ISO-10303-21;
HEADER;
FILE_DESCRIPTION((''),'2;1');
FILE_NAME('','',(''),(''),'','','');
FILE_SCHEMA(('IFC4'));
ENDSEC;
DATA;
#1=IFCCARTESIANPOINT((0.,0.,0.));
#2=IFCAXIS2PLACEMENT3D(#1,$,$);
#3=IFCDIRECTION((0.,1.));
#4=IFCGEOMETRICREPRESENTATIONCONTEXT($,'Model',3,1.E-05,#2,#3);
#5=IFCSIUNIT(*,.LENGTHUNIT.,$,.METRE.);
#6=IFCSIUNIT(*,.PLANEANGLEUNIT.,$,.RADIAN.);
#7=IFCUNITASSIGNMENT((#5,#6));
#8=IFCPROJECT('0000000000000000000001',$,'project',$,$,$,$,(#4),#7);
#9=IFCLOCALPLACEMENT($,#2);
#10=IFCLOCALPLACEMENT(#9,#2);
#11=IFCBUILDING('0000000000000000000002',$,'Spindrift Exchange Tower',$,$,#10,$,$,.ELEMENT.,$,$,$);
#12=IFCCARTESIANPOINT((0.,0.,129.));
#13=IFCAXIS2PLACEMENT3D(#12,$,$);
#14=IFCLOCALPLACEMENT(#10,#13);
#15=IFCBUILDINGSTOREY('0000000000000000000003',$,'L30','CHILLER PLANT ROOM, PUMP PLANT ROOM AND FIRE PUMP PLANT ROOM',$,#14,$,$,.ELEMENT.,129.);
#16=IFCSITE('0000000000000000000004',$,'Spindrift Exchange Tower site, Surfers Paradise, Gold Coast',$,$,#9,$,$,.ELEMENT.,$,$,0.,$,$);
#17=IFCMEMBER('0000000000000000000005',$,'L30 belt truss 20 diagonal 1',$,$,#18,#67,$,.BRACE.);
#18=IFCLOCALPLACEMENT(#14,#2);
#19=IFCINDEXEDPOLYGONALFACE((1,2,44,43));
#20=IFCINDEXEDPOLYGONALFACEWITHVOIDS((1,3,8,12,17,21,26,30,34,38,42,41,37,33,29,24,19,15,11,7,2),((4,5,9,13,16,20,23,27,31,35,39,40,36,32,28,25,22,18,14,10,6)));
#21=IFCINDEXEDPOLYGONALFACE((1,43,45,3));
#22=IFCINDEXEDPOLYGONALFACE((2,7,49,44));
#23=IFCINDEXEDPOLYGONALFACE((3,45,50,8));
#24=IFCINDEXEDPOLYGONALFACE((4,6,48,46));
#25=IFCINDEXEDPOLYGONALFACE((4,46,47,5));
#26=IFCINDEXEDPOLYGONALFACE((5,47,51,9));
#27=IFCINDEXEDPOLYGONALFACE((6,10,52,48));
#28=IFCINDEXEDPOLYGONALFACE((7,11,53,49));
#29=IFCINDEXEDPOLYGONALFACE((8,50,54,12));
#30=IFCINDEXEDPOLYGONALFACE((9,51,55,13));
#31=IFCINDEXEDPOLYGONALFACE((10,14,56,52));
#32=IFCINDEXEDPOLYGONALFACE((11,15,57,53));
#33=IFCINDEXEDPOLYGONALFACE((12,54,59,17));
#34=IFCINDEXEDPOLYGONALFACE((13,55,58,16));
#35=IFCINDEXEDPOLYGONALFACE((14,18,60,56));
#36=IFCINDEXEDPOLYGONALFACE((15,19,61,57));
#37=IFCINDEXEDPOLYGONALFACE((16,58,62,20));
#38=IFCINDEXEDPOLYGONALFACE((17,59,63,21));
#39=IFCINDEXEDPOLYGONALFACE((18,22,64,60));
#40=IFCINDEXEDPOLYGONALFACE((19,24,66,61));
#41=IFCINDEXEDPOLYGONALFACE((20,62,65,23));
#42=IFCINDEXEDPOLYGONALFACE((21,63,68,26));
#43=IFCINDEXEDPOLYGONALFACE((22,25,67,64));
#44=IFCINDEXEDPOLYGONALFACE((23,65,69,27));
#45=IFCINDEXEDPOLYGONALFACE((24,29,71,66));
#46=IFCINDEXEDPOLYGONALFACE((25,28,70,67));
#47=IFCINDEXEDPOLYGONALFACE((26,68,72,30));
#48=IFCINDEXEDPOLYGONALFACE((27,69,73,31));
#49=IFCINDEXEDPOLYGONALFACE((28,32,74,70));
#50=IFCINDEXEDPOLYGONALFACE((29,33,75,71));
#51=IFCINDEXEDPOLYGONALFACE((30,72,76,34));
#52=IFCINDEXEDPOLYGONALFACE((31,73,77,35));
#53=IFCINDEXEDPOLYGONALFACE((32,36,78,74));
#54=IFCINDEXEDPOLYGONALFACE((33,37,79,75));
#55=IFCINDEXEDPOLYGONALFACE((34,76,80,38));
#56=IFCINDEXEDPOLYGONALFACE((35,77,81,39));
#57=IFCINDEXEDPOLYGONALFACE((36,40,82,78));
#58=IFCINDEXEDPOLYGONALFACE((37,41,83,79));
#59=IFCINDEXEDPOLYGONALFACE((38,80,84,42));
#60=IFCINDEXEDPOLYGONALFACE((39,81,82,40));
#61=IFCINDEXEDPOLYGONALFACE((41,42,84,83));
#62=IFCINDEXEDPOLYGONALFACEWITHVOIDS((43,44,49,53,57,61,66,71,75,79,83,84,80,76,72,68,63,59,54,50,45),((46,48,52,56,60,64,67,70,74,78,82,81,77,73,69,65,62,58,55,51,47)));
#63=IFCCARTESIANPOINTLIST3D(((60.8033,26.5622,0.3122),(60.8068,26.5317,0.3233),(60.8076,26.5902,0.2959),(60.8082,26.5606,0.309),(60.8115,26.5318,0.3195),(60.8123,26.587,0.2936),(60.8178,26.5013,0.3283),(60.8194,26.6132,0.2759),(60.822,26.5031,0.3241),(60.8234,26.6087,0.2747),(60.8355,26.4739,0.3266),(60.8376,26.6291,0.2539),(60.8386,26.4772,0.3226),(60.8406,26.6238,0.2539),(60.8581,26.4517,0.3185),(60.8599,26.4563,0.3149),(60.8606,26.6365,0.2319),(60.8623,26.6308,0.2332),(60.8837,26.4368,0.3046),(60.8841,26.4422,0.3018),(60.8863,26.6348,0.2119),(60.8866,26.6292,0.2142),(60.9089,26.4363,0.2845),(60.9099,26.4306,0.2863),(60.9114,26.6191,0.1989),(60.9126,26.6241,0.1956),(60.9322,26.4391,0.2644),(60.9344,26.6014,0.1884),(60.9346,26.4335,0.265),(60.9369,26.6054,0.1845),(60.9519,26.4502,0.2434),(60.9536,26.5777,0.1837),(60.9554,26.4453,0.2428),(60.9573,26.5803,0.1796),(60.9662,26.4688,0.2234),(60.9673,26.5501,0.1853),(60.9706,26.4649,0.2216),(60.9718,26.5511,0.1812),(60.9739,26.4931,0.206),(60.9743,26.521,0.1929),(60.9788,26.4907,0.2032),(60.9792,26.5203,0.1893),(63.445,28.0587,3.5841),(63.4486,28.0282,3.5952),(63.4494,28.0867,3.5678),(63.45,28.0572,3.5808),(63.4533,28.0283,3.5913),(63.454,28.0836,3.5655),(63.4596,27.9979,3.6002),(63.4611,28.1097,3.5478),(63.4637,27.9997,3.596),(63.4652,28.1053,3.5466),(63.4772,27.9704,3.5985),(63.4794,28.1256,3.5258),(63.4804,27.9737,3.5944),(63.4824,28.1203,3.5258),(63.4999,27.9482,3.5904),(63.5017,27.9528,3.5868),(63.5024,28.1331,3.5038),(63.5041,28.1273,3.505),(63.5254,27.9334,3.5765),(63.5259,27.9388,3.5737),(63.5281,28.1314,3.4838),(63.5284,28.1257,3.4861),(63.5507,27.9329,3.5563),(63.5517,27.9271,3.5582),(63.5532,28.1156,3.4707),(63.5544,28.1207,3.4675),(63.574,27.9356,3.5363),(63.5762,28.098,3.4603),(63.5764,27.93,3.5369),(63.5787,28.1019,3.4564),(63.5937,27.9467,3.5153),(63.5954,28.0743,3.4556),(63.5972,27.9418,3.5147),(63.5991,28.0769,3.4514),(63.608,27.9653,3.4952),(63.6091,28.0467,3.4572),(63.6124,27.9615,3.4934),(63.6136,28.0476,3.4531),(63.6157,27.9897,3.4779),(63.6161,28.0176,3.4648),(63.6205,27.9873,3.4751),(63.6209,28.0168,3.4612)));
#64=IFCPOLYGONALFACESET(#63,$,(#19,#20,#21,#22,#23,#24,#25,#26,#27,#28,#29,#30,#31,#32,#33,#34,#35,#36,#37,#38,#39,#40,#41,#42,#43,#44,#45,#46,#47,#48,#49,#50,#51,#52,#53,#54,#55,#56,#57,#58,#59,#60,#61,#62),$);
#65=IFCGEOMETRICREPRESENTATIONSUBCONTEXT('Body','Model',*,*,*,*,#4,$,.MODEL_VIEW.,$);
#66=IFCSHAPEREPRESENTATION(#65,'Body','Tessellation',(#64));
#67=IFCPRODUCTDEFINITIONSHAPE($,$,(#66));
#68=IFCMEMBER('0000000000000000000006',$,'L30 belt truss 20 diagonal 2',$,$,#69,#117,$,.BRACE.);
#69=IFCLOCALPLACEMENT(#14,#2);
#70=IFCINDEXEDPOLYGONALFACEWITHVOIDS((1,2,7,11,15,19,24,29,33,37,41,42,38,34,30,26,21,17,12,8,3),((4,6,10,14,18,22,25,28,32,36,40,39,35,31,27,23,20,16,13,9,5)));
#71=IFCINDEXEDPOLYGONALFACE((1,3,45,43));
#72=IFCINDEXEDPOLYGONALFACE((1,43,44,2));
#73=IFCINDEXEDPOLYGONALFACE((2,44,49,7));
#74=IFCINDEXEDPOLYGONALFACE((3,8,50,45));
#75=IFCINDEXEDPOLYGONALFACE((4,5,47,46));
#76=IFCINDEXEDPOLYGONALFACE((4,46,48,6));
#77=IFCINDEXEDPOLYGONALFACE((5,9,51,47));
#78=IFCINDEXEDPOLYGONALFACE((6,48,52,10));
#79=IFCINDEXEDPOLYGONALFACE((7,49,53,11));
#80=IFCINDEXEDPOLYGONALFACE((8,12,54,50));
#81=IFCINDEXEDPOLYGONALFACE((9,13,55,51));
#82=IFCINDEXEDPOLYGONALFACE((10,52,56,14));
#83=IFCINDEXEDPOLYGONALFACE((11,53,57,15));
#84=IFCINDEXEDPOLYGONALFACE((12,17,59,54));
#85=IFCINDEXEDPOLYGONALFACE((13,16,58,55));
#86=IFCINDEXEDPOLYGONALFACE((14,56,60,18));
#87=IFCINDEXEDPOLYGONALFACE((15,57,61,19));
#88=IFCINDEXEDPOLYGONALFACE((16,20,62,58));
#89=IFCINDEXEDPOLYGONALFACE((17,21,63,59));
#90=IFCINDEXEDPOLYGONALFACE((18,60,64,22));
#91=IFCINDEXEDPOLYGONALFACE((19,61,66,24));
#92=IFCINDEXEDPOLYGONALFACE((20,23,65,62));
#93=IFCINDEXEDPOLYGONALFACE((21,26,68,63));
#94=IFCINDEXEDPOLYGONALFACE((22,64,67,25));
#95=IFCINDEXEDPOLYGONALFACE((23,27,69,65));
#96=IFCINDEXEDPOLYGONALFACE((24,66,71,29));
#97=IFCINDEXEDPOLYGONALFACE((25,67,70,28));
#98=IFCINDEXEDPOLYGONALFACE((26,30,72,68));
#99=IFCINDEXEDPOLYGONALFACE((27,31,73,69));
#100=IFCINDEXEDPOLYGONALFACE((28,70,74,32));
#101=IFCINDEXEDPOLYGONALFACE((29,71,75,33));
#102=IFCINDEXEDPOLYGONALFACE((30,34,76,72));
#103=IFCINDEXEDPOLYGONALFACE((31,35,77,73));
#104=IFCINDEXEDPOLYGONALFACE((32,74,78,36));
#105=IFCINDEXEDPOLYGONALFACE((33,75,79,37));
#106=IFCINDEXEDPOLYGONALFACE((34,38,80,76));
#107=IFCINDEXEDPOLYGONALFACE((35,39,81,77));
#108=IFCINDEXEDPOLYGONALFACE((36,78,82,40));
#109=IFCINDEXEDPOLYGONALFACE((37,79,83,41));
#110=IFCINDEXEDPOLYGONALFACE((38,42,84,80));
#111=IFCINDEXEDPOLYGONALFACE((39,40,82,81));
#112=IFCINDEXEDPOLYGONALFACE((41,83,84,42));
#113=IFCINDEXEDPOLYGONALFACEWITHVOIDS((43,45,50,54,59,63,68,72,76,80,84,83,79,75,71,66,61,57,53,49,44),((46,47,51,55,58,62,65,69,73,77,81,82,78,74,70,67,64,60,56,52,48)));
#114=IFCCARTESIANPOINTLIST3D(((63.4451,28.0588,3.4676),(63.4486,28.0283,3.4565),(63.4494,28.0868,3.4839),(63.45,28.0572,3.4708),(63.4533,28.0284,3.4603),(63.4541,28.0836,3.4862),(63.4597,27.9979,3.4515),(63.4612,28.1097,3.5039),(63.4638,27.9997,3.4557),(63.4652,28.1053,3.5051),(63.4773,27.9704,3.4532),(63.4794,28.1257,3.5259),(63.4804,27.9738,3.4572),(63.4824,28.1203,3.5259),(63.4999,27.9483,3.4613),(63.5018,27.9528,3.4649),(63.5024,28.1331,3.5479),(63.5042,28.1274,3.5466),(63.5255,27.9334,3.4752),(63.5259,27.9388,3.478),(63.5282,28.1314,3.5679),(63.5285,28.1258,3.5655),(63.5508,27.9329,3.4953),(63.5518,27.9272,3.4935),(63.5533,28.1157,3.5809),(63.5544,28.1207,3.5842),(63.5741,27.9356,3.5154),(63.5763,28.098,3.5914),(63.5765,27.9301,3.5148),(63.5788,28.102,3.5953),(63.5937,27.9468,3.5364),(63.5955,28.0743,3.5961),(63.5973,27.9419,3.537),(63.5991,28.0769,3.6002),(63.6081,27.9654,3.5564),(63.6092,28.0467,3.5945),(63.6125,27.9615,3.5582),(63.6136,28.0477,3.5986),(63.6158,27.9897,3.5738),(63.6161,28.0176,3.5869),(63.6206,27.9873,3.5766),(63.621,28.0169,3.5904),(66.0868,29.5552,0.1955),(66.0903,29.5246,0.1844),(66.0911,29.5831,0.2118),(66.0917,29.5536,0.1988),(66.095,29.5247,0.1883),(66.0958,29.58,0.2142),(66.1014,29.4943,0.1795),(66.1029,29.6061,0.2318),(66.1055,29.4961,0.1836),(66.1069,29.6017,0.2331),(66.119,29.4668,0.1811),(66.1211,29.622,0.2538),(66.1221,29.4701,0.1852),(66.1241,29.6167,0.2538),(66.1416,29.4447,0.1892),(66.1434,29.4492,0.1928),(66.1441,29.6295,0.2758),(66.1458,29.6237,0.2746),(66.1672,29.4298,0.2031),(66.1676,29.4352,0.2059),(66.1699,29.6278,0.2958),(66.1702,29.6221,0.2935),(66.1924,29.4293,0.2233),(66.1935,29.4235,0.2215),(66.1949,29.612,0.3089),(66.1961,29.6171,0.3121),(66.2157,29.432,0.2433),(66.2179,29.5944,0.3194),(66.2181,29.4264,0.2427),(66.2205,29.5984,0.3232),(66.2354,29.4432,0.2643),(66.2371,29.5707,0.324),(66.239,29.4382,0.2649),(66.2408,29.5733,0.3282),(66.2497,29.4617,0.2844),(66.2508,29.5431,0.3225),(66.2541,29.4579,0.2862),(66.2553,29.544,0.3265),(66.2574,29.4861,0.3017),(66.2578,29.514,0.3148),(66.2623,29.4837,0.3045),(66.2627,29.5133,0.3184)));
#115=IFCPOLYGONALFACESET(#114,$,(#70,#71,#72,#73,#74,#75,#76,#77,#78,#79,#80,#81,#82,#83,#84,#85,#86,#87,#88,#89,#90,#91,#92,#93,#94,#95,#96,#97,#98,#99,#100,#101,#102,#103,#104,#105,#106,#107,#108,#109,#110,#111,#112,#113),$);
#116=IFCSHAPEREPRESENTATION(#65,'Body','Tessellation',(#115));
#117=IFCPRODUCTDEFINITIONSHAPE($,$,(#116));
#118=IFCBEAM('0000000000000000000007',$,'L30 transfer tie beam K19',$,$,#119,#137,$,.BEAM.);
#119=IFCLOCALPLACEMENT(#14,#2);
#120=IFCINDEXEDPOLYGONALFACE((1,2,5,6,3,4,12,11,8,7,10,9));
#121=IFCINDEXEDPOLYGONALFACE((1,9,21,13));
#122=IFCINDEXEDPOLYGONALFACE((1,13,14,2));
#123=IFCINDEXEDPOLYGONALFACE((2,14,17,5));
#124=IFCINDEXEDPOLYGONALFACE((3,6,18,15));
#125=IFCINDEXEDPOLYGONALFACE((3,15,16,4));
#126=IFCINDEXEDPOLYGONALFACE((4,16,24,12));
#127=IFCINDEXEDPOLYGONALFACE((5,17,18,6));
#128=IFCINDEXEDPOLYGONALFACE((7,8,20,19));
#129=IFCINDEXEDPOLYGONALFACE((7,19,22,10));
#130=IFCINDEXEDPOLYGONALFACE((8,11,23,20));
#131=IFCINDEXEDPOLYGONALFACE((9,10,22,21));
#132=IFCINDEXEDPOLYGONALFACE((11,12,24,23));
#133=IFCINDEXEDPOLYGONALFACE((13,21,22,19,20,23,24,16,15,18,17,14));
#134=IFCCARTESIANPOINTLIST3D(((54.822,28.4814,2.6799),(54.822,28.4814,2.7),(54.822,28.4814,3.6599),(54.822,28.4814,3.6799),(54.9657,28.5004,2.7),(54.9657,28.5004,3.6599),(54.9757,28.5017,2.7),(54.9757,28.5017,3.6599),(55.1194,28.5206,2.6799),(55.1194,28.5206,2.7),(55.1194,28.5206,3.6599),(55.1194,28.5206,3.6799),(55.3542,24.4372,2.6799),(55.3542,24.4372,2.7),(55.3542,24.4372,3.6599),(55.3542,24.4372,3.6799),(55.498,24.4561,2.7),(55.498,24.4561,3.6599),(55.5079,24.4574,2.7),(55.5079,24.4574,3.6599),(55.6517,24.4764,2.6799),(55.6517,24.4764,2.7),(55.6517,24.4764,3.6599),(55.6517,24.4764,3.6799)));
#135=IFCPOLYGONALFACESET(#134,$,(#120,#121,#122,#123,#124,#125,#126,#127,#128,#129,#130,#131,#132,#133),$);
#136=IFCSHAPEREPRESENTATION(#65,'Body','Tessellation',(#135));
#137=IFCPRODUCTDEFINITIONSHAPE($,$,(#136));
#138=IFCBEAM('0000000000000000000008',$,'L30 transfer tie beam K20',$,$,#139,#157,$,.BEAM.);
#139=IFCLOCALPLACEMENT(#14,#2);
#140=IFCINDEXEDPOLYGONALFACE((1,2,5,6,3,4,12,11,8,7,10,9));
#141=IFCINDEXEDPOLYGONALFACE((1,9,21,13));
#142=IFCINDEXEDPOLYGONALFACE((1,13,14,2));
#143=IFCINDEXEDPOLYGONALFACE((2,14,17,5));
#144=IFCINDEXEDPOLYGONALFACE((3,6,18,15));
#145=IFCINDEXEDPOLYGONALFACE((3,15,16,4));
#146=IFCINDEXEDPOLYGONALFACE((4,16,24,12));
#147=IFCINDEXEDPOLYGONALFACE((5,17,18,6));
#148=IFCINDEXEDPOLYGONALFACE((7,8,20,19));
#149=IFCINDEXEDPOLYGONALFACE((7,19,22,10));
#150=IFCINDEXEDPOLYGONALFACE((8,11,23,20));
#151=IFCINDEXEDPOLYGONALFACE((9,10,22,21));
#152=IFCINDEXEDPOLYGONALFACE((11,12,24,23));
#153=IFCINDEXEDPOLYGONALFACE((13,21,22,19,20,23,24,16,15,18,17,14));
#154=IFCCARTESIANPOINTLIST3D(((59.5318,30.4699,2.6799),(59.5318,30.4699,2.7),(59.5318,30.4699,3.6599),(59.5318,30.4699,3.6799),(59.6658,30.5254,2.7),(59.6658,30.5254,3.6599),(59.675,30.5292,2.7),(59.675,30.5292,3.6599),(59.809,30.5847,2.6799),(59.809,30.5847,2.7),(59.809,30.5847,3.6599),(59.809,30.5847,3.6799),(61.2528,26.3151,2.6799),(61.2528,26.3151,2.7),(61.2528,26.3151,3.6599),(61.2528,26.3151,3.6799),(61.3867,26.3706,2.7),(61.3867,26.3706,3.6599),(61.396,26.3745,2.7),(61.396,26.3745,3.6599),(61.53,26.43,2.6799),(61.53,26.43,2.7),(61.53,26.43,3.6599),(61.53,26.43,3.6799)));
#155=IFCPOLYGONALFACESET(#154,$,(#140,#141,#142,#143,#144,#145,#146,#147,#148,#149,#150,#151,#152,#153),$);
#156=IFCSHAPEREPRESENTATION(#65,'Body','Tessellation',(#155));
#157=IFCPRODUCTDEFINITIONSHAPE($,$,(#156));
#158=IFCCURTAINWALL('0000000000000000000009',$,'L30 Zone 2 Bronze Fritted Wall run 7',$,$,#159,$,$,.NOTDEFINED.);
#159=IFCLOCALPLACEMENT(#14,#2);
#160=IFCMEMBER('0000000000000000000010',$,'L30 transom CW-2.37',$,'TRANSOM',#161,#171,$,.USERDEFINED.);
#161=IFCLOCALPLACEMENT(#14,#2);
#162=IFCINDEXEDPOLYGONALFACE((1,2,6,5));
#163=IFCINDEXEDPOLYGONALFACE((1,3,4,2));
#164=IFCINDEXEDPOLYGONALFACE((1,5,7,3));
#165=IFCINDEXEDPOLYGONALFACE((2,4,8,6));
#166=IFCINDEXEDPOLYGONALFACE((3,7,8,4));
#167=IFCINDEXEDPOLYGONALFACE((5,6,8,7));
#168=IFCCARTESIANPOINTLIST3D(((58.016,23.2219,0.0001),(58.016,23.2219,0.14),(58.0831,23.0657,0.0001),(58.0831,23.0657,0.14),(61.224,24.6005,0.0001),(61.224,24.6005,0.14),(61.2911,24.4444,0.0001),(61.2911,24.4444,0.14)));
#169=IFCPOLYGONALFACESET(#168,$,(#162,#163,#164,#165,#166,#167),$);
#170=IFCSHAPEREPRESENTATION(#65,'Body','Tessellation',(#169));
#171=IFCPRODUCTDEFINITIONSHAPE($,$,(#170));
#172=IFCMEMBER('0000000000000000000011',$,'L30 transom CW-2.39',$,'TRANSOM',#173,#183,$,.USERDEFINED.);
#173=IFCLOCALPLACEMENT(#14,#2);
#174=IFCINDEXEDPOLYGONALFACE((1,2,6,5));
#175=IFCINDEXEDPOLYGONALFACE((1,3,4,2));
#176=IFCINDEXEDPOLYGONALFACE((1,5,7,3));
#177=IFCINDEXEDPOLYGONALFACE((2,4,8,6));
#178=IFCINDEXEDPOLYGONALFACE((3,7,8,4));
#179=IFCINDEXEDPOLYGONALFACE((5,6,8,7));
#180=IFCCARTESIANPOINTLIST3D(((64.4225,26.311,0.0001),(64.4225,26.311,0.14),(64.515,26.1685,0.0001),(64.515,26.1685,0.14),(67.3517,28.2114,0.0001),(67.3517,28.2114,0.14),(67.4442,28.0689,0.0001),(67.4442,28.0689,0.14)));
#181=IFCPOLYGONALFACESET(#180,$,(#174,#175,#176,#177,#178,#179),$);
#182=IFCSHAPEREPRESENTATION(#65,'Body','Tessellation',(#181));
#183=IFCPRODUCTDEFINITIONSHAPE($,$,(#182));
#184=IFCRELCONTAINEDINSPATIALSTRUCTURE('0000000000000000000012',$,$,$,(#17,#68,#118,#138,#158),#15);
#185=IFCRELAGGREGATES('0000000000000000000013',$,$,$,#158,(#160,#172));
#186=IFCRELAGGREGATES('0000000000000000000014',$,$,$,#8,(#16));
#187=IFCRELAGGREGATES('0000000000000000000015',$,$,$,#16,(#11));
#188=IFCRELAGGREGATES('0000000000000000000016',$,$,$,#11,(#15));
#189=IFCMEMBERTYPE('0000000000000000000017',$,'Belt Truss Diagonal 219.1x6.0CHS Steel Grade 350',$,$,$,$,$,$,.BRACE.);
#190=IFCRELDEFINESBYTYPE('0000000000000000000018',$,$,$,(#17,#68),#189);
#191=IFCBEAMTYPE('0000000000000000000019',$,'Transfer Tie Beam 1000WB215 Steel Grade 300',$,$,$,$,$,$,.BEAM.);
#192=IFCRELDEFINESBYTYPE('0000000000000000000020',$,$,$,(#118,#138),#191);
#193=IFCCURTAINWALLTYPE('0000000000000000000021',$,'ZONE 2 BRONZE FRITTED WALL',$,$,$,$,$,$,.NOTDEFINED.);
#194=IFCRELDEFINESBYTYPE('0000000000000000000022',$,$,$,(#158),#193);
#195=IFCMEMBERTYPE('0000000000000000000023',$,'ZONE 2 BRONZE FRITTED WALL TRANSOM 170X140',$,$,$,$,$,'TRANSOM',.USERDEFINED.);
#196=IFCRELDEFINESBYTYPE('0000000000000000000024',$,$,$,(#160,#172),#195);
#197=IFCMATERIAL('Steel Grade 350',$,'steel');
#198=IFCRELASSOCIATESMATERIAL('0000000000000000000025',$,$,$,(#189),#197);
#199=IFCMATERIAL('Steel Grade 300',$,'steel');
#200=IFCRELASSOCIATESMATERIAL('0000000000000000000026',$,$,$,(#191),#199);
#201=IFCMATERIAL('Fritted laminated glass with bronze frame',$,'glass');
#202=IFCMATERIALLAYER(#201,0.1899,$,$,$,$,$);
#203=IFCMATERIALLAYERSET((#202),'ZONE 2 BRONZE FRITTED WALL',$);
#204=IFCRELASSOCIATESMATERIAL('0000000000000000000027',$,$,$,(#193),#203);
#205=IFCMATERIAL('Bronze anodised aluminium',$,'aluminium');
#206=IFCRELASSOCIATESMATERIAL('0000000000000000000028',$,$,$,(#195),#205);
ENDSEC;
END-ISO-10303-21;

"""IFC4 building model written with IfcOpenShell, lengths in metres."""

from ifc_helpers import new_model, si_unit, direction, frame, origin, origin_2d, place, context, subcontext, project, spatial, rectangle, hollow_circle, i_section, extrude, source, transform, mapped, material, layer, layer_set, material_profile, profile_set, type_object, element, aggregate, save


model = new_model("IFC4")

# Units and contexts
model_context = context("Model", 3, precision=1e-05, world=origin(), true_north=direction((0.0, 1.0)))
body_context = subcontext(model_context, "Body", "Model", "MODEL_VIEW")
ifc_project = project(units=[si_unit("LENGTHUNIT", "METRE"), si_unit("PLANEANGLEUNIT", "RADIAN")], contexts=[model_context])

# Site, building, storey
site_placement = place(None, origin())
site = spatial("IfcSite", under=ifc_project, at=site_placement, Name="Spindrift Exchange Tower site, Surfers Paradise, Gold Coast", CompositionType="ELEMENT", RefElevation=0.0)
building_placement = place(site_placement, origin())
building = spatial("IfcBuilding", under=site, at=building_placement, Name="Spindrift Exchange Tower", CompositionType="ELEMENT")
storey_placement = place(building_placement, frame((0.0, 0.0, 129.0)))
storey = spatial("IfcBuildingStorey", under=building, at=storey_placement, Name="L30", Description="CHILLER PLANT ROOM, PUMP PLANT ROOM AND FIRE PUMP PLANT ROOM", CompositionType="ELEMENT", Elevation=129.0)

# Shared definitions
ifc_material_1 = material(Name="Steel Grade 300", Category="steel")

# Members
ifc_material_2 = material(Name="Steel Grade 350", Category="steel")
ifc_material_profile_1 = material_profile(ifc_material_2, hollow_circle(Radius=0.1096, WallThickness=0.0061, at=origin_2d()), Name="219.1x6.0CHS")
ifc_profile_set_1 = profile_set([ifc_material_profile_1], Name="Steel Grade 350")
member_type_1 = type_object("IfcMemberType", Name="Belt Truss Diagonal 219.1x6.0CHS Steel Grade 350", PredefinedType="BRACE", material=ifc_profile_set_1)
shared_shape_1 = source(origin(), body_context, "Body", "SweptSolid", [
    extrude(hollow_circle(Radius=0.1096, WallThickness=0.0061, at=origin_2d()), origin(), (0.0, 0.0, 1.0), 4.4636),
])
for number, where, z_axis, x_axis, name in (
    (1, (60.8916, 26.5337, 0.2539), (0.591847, 0.335276, 0.733013), (-0.492897, 0.870088, 0.0), "L30 belt truss 20 diagonal 1"),
    (2, (63.5334, 28.0303, 3.5259), (0.591822, 0.335238, -0.73305), (-0.492871, 0.870103, 0.0), "L30 belt truss 20 diagonal 2"),
):
    element("IfcMember", number, at=place(storey_placement, frame(where, z_axis=z_axis, x_axis=x_axis)), inside=storey, type_object=member_type_1, Name=name, PredefinedType="BRACE", context=body_context, shape_type="MappedRepresentation", body=[
        mapped(shared_shape_1, transform((0.0, 0.0, 0.0), scale=1.0)),
    ])

# Beams
ifc_material_profile_2 = material_profile(ifc_material_1, i_section(OverallWidth=0.3, OverallDepth=1.0, WebThickness=0.01, FlangeThickness=0.02, at=origin_2d()), Name="1000WB215")
ifc_profile_set_2 = profile_set([ifc_material_profile_2], Name="Steel Grade 300")
beam_type_1 = type_object("IfcBeamType", Name="Transfer Tie Beam 1000WB215 Steel Grade 300", PredefinedType="BEAM", material=ifc_profile_set_2)
shared_shape_2 = source(origin(), body_context, "Body", "SweptSolid", [
    extrude(i_section(OverallWidth=0.3, OverallDepth=1.0, WebThickness=0.01, FlangeThickness=0.02, at=origin_2d()), origin(), (0.0, 0.0, 1.0), 4.0791),
])
beam_1_placement = place(storey_placement, frame((55.5029, 24.4568, 3.1799), z_axis=(-0.130478, 0.991451, 0.0), x_axis=(-0.991451, -0.130478, 0.0)))
element("IfcBeam", 3, at=beam_1_placement, inside=storey, type_object=beam_type_1, Name="L30 transfer tie beam K19", PredefinedType="BEAM", context=body_context, shape_type="MappedRepresentation", body=[
    mapped(shared_shape_2, transform((0.0, 0.0, 0.0), scale=1.0)),
])
shared_shape_3 = source(origin(), body_context, "Body", "SweptSolid", [
    extrude(i_section(OverallWidth=0.3, OverallDepth=1.0, WebThickness=0.01, FlangeThickness=0.02, at=origin_2d()), origin(), (0.0, 0.0, 1.0), 4.4971),
])
beam_2_placement = place(storey_placement, frame((61.3914, 26.3726, 3.1799), z_axis=(-0.382679, 0.923881, 0.0), x_axis=(-0.923881, -0.382679, 0.0)))
element("IfcBeam", 4, at=beam_2_placement, inside=storey, type_object=beam_type_1, Name="L30 transfer tie beam K20", PredefinedType="BEAM", context=body_context, shape_type="MappedRepresentation", body=[
    mapped(shared_shape_3, transform((0.0, 0.0, 0.0), scale=1.0)),
])

# Curtain wall, members
ifc_material_3 = material(Name="Fritted laminated glass with bronze frame", Category="glass")
ifc_layer_1 = layer(ifc_material_3, 0.1899)
ifc_layer_set_1 = layer_set([ifc_layer_1], Name="ZONE 2 BRONZE FRITTED WALL")
curtain_wall_type = type_object("IfcCurtainWallType", Name="ZONE 2 BRONZE FRITTED WALL", PredefinedType="NOTDEFINED", material=ifc_layer_set_1)
curtain_wall_1_placement = place(storey_placement, origin())
curtain_wall_1 = element("IfcCurtainWall", 5, at=curtain_wall_1_placement, inside=storey, type_object=curtain_wall_type, Name="L30 Zone 2 Bronze Fritted Wall run 7", PredefinedType="NOTDEFINED")
ifc_material_4 = material(Name="Bronze anodised aluminium", Category="aluminium")
ifc_material_profile_3 = material_profile(ifc_material_4, rectangle(XDim=0.1699, YDim=0.1399, at=origin_2d()), Name="ZONE 2 BRONZE FRITTED WALL TRANSOM 170X140")
ifc_profile_set_3 = profile_set([ifc_material_profile_3], Name="Bronze anodised aluminium")
member_type_2 = type_object("IfcMemberType", Name="ZONE 2 BRONZE FRITTED WALL TRANSOM 170X140", ElementType="TRANSOM", PredefinedType="USERDEFINED", material=ifc_profile_set_3)
shared_shape_4 = source(origin(), body_context, "Body", "SweptSolid", [
    extrude(rectangle(XDim=0.1699, YDim=0.1399, at=origin_2d()), origin(), (0.0, 0.0, 1.0), 3.4917),
])
member_1_placement = place(storey_placement, frame((58.0496, 23.1438, 0.0701), z_axis=(0.91875, 0.394839, 0.0), x_axis=(-0.394839, 0.91875, 0.0)))
member_1 = element("IfcMember", 6, at=member_1_placement, type_object=member_type_2, Name="L30 transom CW-2.37", ObjectType="TRANSOM", PredefinedType="USERDEFINED", context=body_context, shape_type="MappedRepresentation", body=[
    mapped(shared_shape_4, transform((0.0, 0.0, 0.0), scale=1.0)),
])
member_2_placement = place(storey_placement, frame((64.4688, 26.2397, 0.0701), z_axis=(0.838913, 0.544266, 0.0), x_axis=(-0.544266, 0.838913, 0.0)))
member_2 = element("IfcMember", 7, at=member_2_placement, type_object=member_type_2, Name="L30 transom CW-2.39", ObjectType="TRANSOM", PredefinedType="USERDEFINED", context=body_context, shape_type="MappedRepresentation", body=[
    mapped(shared_shape_4, transform((0.0, 0.0, 0.0), scale=1.0)),
])

aggregate(curtain_wall_1, [member_1, member_2])

save(model, "model.ifc")
